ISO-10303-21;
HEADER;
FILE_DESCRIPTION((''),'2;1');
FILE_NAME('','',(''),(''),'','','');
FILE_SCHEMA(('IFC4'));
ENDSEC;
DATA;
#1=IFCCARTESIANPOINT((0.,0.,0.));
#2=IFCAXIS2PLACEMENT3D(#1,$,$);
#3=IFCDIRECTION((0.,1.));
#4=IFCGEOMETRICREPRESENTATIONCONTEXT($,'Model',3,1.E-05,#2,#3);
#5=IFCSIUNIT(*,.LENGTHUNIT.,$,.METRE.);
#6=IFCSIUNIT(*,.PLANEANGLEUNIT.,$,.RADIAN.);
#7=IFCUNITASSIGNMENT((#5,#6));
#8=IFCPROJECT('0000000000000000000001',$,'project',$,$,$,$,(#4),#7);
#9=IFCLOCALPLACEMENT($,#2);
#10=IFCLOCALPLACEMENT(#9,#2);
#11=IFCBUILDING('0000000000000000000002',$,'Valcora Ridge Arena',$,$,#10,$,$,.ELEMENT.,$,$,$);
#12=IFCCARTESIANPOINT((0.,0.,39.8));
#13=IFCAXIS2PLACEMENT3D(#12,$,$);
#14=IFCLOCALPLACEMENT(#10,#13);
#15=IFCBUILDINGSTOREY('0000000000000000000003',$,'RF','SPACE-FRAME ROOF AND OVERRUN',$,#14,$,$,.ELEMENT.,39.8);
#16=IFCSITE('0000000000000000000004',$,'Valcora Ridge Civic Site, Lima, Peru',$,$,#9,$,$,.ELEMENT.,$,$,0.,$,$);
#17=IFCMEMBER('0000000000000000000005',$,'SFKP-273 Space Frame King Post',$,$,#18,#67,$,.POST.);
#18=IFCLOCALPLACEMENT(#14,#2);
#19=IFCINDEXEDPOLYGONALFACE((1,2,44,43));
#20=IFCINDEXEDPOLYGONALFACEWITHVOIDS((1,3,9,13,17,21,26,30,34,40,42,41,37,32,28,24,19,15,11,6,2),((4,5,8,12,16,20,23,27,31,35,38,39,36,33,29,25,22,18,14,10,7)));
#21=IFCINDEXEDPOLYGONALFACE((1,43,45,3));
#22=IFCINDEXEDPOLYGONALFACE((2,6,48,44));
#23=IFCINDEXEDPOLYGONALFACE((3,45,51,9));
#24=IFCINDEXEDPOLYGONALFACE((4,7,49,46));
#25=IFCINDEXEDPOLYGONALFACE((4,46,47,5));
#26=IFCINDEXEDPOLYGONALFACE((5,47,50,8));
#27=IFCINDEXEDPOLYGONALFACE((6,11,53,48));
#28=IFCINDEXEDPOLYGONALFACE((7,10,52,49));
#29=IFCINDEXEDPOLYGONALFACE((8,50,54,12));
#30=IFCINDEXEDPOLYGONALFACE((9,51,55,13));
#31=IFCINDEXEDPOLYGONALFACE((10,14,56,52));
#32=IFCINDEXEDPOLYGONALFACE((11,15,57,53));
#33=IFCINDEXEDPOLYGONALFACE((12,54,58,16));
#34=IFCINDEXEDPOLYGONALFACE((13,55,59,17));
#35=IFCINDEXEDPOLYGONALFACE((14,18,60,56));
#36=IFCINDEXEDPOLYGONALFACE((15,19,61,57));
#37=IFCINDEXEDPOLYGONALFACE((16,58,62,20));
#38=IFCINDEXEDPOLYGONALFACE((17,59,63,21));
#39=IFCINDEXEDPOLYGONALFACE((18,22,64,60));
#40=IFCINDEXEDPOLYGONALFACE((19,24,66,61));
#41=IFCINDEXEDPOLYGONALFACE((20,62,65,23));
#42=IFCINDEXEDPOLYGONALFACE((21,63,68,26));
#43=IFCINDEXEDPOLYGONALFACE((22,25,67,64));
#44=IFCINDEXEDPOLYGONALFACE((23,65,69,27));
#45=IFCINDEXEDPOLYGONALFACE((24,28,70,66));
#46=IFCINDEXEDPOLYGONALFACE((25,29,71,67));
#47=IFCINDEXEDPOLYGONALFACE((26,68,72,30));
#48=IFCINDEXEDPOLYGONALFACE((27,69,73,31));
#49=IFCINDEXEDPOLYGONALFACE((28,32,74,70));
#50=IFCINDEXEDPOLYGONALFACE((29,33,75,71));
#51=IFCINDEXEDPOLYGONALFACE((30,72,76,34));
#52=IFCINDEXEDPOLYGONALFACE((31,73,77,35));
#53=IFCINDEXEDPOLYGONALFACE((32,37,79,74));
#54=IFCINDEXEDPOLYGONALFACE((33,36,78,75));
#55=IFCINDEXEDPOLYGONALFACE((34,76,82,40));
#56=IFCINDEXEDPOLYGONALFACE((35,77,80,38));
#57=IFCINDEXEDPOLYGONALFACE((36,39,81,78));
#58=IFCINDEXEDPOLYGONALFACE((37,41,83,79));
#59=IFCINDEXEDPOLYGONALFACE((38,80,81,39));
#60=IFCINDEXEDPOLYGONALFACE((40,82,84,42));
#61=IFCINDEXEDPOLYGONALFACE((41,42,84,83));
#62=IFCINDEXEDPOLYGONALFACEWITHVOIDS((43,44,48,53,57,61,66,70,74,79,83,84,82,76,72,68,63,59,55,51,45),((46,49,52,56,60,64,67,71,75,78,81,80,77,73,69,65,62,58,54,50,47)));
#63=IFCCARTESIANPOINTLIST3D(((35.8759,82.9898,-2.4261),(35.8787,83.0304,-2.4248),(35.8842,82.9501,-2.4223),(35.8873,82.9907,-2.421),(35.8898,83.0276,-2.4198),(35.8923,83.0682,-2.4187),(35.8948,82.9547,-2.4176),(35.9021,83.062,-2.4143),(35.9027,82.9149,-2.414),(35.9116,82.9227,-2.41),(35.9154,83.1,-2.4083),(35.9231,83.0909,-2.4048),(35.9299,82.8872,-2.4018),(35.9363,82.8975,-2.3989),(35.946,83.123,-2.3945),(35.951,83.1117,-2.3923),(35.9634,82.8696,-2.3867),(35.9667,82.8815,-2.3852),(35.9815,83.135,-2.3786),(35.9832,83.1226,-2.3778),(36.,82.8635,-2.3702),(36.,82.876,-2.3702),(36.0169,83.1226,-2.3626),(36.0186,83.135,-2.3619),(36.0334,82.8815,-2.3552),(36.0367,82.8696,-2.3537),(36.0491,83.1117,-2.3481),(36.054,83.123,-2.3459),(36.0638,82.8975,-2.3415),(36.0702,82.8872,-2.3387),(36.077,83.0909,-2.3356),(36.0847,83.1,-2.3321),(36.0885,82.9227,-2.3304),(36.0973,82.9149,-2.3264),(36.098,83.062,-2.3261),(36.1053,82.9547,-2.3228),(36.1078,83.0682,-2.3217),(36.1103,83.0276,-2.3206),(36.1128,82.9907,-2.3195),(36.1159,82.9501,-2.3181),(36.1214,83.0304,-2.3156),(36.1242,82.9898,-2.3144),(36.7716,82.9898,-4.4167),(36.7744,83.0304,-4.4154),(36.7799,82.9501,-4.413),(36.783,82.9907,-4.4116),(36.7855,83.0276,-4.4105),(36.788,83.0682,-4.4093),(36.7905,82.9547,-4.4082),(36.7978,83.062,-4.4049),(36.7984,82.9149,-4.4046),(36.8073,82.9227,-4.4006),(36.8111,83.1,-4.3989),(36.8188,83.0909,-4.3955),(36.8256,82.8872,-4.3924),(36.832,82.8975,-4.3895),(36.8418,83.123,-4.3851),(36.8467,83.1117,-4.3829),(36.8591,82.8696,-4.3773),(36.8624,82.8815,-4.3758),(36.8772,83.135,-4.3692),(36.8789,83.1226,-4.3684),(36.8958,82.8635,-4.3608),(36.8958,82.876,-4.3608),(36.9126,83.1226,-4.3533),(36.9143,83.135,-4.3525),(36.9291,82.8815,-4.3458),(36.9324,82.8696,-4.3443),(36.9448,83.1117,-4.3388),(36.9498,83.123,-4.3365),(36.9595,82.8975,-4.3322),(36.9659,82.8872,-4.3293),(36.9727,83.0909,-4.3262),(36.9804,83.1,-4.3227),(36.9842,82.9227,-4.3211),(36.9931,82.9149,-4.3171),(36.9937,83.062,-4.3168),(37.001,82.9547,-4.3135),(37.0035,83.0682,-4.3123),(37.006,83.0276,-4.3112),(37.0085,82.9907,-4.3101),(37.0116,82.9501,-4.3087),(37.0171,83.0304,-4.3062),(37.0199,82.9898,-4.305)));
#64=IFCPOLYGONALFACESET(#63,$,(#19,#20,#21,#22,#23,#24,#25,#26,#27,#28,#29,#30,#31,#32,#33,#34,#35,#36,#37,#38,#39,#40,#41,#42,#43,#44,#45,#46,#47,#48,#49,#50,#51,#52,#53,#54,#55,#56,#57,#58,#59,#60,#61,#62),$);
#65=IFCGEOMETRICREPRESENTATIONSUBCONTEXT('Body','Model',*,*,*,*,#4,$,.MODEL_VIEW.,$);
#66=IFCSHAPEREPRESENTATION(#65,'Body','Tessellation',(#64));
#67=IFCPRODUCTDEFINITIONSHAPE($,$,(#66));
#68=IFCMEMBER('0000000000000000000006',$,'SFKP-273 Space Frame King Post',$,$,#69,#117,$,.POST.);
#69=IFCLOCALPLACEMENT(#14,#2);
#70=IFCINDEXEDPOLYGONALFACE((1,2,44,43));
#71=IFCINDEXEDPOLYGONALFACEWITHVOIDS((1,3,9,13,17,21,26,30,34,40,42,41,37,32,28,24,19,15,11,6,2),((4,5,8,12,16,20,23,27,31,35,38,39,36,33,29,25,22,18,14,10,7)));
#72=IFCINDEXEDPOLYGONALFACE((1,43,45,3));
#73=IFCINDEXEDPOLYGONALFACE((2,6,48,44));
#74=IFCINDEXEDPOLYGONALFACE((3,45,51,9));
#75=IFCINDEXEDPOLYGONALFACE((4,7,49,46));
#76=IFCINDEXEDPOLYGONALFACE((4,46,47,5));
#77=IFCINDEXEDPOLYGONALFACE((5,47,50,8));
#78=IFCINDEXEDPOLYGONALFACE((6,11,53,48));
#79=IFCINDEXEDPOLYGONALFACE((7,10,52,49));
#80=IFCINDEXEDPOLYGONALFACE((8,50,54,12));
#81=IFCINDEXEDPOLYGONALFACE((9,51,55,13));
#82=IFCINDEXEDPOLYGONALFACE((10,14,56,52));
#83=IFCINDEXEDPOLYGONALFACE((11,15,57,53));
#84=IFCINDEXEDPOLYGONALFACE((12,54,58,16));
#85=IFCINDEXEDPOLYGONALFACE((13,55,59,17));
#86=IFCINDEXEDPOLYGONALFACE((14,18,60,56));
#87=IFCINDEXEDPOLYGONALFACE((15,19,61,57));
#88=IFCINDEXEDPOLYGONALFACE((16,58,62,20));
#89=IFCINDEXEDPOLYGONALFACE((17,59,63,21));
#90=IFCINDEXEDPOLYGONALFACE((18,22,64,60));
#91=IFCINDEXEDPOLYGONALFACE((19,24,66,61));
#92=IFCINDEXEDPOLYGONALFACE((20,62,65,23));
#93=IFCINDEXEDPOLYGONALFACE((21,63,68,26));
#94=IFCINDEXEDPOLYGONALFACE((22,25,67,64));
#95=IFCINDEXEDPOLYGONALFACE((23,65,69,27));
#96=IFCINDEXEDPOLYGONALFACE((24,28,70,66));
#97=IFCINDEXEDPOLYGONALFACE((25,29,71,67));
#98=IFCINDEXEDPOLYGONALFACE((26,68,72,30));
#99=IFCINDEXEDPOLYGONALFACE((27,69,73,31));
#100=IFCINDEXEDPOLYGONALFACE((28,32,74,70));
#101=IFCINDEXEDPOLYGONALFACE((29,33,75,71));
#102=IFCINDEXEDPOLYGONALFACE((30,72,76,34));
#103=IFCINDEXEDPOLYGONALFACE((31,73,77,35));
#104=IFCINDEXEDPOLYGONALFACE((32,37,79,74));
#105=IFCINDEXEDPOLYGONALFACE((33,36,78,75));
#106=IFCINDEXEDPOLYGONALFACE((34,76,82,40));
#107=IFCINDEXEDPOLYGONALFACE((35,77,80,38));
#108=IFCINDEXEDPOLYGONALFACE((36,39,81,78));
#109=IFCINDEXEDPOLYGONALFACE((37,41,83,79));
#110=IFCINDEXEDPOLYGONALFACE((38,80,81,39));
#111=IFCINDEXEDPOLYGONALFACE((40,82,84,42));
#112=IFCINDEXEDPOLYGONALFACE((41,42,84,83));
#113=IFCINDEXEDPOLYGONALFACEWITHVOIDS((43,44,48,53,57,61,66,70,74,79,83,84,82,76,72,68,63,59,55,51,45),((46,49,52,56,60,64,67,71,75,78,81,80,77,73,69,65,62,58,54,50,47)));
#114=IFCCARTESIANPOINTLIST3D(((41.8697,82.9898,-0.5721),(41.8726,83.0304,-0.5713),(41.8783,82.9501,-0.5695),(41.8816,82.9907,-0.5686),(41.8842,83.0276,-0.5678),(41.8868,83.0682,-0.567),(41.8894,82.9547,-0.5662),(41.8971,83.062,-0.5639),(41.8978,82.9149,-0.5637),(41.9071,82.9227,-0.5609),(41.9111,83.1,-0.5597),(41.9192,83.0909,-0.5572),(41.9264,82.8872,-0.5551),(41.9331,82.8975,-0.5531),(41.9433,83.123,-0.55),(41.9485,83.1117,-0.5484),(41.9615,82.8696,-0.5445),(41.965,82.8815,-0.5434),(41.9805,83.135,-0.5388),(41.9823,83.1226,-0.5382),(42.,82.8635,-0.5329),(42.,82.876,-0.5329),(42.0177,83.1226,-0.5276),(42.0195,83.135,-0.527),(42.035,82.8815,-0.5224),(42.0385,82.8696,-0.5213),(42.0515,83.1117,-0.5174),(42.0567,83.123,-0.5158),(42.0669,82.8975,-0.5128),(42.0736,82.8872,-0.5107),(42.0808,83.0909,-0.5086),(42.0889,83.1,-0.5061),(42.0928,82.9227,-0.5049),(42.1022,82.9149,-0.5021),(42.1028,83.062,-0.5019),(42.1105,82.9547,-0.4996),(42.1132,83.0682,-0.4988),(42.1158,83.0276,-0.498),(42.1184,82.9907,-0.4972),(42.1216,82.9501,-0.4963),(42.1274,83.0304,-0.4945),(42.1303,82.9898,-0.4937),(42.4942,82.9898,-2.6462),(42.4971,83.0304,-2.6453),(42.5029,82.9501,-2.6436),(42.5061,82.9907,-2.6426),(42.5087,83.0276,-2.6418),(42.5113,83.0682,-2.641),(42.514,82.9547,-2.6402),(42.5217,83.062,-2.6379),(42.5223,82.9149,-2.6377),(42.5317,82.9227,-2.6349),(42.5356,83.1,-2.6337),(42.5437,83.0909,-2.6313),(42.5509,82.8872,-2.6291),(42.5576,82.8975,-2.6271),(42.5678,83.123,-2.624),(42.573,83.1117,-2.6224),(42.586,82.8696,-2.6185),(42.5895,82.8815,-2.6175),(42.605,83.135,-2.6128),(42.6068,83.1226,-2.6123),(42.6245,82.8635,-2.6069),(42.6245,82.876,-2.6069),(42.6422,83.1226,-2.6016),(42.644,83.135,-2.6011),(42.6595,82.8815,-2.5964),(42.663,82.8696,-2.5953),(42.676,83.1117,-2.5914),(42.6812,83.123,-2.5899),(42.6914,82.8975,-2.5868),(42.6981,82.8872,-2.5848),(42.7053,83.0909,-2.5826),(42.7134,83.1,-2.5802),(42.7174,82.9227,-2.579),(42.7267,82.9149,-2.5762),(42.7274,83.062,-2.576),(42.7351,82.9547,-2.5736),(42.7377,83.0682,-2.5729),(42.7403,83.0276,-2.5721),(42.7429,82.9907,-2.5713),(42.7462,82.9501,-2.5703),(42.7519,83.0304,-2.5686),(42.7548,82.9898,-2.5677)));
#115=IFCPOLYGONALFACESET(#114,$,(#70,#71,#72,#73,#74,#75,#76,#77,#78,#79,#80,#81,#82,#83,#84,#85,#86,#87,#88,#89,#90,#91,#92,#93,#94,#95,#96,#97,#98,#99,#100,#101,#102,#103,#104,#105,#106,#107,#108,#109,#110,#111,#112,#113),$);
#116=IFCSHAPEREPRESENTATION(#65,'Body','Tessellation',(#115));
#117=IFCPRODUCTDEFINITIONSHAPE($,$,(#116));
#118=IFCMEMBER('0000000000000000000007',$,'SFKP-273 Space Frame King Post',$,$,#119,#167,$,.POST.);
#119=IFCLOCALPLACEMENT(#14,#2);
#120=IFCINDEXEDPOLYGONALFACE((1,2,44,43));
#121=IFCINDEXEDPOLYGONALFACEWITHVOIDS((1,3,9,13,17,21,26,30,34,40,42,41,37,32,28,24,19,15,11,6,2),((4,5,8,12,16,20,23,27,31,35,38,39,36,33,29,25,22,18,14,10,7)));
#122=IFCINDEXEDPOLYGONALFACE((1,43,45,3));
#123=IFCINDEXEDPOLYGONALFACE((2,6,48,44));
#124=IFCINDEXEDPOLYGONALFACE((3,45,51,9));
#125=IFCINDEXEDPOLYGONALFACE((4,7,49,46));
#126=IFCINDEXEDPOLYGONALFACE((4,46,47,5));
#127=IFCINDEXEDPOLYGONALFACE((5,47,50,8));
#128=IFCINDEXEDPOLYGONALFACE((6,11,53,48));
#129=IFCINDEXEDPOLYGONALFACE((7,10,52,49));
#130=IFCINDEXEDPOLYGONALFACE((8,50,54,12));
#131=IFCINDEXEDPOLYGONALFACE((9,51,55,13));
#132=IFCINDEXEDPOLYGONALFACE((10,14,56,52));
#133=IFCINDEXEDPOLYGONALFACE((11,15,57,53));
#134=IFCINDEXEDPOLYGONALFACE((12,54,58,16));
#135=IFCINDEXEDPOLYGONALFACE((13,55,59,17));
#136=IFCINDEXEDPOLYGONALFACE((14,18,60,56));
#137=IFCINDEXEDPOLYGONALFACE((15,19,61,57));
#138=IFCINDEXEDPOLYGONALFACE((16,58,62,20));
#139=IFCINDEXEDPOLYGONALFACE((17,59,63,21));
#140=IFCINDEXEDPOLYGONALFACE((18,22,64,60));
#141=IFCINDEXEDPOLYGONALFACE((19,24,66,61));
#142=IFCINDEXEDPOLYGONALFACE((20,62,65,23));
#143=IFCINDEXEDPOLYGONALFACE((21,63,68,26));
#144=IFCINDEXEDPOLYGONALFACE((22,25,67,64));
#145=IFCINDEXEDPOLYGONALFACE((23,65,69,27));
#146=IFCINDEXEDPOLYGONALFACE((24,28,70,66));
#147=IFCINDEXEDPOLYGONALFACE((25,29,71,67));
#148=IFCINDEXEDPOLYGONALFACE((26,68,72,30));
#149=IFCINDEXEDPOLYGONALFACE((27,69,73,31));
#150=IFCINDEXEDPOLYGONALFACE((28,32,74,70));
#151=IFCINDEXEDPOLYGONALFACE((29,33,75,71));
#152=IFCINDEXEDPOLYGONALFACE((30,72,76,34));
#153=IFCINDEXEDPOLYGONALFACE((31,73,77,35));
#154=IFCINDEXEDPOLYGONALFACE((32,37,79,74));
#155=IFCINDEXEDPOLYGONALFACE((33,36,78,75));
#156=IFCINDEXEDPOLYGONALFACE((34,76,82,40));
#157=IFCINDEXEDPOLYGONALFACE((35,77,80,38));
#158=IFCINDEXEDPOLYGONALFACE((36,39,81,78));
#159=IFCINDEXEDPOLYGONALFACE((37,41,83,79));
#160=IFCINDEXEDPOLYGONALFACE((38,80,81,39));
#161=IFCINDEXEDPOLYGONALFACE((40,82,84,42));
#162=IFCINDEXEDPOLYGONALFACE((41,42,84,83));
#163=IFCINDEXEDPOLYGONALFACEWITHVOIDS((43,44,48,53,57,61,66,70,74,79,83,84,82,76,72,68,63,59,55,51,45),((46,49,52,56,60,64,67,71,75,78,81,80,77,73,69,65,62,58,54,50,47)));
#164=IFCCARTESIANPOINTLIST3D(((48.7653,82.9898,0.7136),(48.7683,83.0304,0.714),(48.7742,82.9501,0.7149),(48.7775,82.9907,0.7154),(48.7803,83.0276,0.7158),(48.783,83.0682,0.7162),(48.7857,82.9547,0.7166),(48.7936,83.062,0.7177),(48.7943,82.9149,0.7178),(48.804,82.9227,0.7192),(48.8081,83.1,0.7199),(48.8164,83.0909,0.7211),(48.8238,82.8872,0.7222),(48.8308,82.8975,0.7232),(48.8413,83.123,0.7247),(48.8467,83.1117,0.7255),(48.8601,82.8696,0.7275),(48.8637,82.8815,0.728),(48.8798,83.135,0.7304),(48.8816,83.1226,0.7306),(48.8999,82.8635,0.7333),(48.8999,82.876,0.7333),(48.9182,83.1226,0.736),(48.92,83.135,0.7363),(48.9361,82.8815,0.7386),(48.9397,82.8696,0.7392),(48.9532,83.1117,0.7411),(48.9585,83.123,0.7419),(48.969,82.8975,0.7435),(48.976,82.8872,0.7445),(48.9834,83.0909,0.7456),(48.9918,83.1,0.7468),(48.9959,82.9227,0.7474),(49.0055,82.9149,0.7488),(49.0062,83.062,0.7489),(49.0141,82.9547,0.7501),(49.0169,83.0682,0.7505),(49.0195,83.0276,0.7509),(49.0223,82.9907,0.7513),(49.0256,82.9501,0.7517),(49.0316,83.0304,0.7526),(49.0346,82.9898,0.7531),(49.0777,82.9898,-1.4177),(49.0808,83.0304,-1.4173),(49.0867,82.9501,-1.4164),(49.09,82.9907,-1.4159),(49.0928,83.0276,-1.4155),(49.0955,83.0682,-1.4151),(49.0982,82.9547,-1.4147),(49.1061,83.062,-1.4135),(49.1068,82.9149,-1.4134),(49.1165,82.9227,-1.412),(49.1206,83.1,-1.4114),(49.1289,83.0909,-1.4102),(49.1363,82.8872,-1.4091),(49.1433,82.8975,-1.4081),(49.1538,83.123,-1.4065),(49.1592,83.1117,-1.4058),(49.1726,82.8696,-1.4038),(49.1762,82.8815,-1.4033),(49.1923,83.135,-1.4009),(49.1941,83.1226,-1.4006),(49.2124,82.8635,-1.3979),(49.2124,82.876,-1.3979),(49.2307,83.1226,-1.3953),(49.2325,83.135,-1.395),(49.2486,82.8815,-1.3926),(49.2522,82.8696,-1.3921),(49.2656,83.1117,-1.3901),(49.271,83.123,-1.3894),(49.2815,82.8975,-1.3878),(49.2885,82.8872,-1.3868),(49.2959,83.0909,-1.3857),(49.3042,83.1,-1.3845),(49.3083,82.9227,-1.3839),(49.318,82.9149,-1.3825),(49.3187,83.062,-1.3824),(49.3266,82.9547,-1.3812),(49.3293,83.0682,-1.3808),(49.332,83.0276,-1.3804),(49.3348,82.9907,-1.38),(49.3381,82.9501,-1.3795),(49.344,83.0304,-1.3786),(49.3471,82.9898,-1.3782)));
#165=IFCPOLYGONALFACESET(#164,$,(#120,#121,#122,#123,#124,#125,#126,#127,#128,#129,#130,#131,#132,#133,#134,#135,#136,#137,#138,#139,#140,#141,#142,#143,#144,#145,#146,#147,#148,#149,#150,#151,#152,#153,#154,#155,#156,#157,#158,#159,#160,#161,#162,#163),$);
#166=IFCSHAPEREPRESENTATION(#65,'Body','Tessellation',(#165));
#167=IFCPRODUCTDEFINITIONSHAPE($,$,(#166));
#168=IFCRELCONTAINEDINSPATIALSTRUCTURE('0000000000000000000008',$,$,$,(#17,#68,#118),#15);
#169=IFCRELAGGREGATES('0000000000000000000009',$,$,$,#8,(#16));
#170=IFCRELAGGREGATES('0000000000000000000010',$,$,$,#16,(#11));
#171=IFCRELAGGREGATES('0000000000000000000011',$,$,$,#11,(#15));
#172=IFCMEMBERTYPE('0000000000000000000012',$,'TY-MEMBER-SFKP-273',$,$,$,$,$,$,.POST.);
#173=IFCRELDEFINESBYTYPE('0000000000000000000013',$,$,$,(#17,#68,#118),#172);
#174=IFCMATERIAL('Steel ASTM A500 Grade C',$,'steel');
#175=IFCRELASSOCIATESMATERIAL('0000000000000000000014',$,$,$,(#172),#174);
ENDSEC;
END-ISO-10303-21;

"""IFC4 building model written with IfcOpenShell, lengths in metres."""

from ifc_helpers import new_model, si_unit, direction, frame, origin, origin_2d, place, context, subcontext, project, spatial, hollow_circle, extrude, material, material_profile, profile_set, type_object, element, save


model = new_model("IFC4")

# Units and contexts
model_context = context("Model", 3, precision=1e-05, world=origin(), true_north=direction((0.0, 1.0)))
body_context = subcontext(model_context, "Body", "Model", "MODEL_VIEW")
ifc_project = project(units=[si_unit("LENGTHUNIT", "METRE"), si_unit("PLANEANGLEUNIT", "RADIAN")], contexts=[model_context])

# Site, building, storey
site_placement = place(None, origin())
site = spatial("IfcSite", under=ifc_project, at=site_placement, Name="Valcora Ridge Civic Site, Lima, Peru", CompositionType="ELEMENT", RefElevation=0.0)
building_placement = place(site_placement, origin())
building = spatial("IfcBuilding", under=site, at=building_placement, Name="Valcora Ridge Arena", CompositionType="ELEMENT")
storey_placement = place(building_placement, frame((0.0, 0.0, 39.8)))
storey = spatial("IfcBuildingStorey", under=building, at=storey_placement, Name="RF", Description="SPACE-FRAME ROOF AND OVERRUN", CompositionType="ELEMENT", Elevation=39.8)

# Members
ifc_material_1 = material(Name="Steel ASTM A500 Grade C", Category="steel")
ifc_material_profile_1 = material_profile(ifc_material_1, hollow_circle(Radius=0.1365, WallThickness=0.0125, at=origin_2d()), Name="CHS273X12")
ifc_profile_set_1 = profile_set([ifc_material_profile_1], Name="Steel ASTM A500 Grade C")
member_type_1 = type_object("IfcMemberType", Name="TY-MEMBER-SFKP-273", PredefinedType="POST", material=ifc_profile_set_1)
member_1_placement = place(storey_placement, frame((36.8958, 83.0, -4.3608), z_axis=(-0.410337, 0.0, 0.911934), x_axis=(0.0, -1.0, 0.0)))
element("IfcMember", 1, at=member_1_placement, inside=storey, type_object=member_type_1, Name="SFKP-273 Space Frame King Post", PredefinedType="POST", context=body_context, shape_type="SweptSolid", body=[
    extrude(hollow_circle(Radius=0.1365, WallThickness=0.0125, at=origin_2d()), origin(), (0.0, 0.0, 1.0), 2.1829),
])
member_2_placement = place(storey_placement, frame((42.6245, 83.0, -2.6069), z_axis=(-0.28833, 0.0, 0.957531), x_axis=(0.0, -1.0, 0.0)))
element("IfcMember", 2, at=member_2_placement, inside=storey, type_object=member_type_1, Name="SFKP-273 Space Frame King Post", PredefinedType="POST", context=body_context, shape_type="SweptSolid", body=[
    extrude(hollow_circle(Radius=0.1365, WallThickness=0.0125, at=origin_2d()), origin(), (0.0, 0.0, 1.0), 2.166),
])
member_3_placement = place(storey_placement, frame((49.2124, 83.0, -1.3979), z_axis=(-0.14507, 0.0, 0.989421), x_axis=(0.0, -1.0, 0.0)))
element("IfcMember", 3, at=member_3_placement, inside=storey, type_object=member_type_1, Name="SFKP-273 Space Frame King Post", PredefinedType="POST", context=body_context, shape_type="SweptSolid", body=[
    extrude(hollow_circle(Radius=0.1365, WallThickness=0.0125, at=origin_2d()), origin(), (0.0, 0.0, 1.0), 2.1541),
])

save(model, "model.ifc")
